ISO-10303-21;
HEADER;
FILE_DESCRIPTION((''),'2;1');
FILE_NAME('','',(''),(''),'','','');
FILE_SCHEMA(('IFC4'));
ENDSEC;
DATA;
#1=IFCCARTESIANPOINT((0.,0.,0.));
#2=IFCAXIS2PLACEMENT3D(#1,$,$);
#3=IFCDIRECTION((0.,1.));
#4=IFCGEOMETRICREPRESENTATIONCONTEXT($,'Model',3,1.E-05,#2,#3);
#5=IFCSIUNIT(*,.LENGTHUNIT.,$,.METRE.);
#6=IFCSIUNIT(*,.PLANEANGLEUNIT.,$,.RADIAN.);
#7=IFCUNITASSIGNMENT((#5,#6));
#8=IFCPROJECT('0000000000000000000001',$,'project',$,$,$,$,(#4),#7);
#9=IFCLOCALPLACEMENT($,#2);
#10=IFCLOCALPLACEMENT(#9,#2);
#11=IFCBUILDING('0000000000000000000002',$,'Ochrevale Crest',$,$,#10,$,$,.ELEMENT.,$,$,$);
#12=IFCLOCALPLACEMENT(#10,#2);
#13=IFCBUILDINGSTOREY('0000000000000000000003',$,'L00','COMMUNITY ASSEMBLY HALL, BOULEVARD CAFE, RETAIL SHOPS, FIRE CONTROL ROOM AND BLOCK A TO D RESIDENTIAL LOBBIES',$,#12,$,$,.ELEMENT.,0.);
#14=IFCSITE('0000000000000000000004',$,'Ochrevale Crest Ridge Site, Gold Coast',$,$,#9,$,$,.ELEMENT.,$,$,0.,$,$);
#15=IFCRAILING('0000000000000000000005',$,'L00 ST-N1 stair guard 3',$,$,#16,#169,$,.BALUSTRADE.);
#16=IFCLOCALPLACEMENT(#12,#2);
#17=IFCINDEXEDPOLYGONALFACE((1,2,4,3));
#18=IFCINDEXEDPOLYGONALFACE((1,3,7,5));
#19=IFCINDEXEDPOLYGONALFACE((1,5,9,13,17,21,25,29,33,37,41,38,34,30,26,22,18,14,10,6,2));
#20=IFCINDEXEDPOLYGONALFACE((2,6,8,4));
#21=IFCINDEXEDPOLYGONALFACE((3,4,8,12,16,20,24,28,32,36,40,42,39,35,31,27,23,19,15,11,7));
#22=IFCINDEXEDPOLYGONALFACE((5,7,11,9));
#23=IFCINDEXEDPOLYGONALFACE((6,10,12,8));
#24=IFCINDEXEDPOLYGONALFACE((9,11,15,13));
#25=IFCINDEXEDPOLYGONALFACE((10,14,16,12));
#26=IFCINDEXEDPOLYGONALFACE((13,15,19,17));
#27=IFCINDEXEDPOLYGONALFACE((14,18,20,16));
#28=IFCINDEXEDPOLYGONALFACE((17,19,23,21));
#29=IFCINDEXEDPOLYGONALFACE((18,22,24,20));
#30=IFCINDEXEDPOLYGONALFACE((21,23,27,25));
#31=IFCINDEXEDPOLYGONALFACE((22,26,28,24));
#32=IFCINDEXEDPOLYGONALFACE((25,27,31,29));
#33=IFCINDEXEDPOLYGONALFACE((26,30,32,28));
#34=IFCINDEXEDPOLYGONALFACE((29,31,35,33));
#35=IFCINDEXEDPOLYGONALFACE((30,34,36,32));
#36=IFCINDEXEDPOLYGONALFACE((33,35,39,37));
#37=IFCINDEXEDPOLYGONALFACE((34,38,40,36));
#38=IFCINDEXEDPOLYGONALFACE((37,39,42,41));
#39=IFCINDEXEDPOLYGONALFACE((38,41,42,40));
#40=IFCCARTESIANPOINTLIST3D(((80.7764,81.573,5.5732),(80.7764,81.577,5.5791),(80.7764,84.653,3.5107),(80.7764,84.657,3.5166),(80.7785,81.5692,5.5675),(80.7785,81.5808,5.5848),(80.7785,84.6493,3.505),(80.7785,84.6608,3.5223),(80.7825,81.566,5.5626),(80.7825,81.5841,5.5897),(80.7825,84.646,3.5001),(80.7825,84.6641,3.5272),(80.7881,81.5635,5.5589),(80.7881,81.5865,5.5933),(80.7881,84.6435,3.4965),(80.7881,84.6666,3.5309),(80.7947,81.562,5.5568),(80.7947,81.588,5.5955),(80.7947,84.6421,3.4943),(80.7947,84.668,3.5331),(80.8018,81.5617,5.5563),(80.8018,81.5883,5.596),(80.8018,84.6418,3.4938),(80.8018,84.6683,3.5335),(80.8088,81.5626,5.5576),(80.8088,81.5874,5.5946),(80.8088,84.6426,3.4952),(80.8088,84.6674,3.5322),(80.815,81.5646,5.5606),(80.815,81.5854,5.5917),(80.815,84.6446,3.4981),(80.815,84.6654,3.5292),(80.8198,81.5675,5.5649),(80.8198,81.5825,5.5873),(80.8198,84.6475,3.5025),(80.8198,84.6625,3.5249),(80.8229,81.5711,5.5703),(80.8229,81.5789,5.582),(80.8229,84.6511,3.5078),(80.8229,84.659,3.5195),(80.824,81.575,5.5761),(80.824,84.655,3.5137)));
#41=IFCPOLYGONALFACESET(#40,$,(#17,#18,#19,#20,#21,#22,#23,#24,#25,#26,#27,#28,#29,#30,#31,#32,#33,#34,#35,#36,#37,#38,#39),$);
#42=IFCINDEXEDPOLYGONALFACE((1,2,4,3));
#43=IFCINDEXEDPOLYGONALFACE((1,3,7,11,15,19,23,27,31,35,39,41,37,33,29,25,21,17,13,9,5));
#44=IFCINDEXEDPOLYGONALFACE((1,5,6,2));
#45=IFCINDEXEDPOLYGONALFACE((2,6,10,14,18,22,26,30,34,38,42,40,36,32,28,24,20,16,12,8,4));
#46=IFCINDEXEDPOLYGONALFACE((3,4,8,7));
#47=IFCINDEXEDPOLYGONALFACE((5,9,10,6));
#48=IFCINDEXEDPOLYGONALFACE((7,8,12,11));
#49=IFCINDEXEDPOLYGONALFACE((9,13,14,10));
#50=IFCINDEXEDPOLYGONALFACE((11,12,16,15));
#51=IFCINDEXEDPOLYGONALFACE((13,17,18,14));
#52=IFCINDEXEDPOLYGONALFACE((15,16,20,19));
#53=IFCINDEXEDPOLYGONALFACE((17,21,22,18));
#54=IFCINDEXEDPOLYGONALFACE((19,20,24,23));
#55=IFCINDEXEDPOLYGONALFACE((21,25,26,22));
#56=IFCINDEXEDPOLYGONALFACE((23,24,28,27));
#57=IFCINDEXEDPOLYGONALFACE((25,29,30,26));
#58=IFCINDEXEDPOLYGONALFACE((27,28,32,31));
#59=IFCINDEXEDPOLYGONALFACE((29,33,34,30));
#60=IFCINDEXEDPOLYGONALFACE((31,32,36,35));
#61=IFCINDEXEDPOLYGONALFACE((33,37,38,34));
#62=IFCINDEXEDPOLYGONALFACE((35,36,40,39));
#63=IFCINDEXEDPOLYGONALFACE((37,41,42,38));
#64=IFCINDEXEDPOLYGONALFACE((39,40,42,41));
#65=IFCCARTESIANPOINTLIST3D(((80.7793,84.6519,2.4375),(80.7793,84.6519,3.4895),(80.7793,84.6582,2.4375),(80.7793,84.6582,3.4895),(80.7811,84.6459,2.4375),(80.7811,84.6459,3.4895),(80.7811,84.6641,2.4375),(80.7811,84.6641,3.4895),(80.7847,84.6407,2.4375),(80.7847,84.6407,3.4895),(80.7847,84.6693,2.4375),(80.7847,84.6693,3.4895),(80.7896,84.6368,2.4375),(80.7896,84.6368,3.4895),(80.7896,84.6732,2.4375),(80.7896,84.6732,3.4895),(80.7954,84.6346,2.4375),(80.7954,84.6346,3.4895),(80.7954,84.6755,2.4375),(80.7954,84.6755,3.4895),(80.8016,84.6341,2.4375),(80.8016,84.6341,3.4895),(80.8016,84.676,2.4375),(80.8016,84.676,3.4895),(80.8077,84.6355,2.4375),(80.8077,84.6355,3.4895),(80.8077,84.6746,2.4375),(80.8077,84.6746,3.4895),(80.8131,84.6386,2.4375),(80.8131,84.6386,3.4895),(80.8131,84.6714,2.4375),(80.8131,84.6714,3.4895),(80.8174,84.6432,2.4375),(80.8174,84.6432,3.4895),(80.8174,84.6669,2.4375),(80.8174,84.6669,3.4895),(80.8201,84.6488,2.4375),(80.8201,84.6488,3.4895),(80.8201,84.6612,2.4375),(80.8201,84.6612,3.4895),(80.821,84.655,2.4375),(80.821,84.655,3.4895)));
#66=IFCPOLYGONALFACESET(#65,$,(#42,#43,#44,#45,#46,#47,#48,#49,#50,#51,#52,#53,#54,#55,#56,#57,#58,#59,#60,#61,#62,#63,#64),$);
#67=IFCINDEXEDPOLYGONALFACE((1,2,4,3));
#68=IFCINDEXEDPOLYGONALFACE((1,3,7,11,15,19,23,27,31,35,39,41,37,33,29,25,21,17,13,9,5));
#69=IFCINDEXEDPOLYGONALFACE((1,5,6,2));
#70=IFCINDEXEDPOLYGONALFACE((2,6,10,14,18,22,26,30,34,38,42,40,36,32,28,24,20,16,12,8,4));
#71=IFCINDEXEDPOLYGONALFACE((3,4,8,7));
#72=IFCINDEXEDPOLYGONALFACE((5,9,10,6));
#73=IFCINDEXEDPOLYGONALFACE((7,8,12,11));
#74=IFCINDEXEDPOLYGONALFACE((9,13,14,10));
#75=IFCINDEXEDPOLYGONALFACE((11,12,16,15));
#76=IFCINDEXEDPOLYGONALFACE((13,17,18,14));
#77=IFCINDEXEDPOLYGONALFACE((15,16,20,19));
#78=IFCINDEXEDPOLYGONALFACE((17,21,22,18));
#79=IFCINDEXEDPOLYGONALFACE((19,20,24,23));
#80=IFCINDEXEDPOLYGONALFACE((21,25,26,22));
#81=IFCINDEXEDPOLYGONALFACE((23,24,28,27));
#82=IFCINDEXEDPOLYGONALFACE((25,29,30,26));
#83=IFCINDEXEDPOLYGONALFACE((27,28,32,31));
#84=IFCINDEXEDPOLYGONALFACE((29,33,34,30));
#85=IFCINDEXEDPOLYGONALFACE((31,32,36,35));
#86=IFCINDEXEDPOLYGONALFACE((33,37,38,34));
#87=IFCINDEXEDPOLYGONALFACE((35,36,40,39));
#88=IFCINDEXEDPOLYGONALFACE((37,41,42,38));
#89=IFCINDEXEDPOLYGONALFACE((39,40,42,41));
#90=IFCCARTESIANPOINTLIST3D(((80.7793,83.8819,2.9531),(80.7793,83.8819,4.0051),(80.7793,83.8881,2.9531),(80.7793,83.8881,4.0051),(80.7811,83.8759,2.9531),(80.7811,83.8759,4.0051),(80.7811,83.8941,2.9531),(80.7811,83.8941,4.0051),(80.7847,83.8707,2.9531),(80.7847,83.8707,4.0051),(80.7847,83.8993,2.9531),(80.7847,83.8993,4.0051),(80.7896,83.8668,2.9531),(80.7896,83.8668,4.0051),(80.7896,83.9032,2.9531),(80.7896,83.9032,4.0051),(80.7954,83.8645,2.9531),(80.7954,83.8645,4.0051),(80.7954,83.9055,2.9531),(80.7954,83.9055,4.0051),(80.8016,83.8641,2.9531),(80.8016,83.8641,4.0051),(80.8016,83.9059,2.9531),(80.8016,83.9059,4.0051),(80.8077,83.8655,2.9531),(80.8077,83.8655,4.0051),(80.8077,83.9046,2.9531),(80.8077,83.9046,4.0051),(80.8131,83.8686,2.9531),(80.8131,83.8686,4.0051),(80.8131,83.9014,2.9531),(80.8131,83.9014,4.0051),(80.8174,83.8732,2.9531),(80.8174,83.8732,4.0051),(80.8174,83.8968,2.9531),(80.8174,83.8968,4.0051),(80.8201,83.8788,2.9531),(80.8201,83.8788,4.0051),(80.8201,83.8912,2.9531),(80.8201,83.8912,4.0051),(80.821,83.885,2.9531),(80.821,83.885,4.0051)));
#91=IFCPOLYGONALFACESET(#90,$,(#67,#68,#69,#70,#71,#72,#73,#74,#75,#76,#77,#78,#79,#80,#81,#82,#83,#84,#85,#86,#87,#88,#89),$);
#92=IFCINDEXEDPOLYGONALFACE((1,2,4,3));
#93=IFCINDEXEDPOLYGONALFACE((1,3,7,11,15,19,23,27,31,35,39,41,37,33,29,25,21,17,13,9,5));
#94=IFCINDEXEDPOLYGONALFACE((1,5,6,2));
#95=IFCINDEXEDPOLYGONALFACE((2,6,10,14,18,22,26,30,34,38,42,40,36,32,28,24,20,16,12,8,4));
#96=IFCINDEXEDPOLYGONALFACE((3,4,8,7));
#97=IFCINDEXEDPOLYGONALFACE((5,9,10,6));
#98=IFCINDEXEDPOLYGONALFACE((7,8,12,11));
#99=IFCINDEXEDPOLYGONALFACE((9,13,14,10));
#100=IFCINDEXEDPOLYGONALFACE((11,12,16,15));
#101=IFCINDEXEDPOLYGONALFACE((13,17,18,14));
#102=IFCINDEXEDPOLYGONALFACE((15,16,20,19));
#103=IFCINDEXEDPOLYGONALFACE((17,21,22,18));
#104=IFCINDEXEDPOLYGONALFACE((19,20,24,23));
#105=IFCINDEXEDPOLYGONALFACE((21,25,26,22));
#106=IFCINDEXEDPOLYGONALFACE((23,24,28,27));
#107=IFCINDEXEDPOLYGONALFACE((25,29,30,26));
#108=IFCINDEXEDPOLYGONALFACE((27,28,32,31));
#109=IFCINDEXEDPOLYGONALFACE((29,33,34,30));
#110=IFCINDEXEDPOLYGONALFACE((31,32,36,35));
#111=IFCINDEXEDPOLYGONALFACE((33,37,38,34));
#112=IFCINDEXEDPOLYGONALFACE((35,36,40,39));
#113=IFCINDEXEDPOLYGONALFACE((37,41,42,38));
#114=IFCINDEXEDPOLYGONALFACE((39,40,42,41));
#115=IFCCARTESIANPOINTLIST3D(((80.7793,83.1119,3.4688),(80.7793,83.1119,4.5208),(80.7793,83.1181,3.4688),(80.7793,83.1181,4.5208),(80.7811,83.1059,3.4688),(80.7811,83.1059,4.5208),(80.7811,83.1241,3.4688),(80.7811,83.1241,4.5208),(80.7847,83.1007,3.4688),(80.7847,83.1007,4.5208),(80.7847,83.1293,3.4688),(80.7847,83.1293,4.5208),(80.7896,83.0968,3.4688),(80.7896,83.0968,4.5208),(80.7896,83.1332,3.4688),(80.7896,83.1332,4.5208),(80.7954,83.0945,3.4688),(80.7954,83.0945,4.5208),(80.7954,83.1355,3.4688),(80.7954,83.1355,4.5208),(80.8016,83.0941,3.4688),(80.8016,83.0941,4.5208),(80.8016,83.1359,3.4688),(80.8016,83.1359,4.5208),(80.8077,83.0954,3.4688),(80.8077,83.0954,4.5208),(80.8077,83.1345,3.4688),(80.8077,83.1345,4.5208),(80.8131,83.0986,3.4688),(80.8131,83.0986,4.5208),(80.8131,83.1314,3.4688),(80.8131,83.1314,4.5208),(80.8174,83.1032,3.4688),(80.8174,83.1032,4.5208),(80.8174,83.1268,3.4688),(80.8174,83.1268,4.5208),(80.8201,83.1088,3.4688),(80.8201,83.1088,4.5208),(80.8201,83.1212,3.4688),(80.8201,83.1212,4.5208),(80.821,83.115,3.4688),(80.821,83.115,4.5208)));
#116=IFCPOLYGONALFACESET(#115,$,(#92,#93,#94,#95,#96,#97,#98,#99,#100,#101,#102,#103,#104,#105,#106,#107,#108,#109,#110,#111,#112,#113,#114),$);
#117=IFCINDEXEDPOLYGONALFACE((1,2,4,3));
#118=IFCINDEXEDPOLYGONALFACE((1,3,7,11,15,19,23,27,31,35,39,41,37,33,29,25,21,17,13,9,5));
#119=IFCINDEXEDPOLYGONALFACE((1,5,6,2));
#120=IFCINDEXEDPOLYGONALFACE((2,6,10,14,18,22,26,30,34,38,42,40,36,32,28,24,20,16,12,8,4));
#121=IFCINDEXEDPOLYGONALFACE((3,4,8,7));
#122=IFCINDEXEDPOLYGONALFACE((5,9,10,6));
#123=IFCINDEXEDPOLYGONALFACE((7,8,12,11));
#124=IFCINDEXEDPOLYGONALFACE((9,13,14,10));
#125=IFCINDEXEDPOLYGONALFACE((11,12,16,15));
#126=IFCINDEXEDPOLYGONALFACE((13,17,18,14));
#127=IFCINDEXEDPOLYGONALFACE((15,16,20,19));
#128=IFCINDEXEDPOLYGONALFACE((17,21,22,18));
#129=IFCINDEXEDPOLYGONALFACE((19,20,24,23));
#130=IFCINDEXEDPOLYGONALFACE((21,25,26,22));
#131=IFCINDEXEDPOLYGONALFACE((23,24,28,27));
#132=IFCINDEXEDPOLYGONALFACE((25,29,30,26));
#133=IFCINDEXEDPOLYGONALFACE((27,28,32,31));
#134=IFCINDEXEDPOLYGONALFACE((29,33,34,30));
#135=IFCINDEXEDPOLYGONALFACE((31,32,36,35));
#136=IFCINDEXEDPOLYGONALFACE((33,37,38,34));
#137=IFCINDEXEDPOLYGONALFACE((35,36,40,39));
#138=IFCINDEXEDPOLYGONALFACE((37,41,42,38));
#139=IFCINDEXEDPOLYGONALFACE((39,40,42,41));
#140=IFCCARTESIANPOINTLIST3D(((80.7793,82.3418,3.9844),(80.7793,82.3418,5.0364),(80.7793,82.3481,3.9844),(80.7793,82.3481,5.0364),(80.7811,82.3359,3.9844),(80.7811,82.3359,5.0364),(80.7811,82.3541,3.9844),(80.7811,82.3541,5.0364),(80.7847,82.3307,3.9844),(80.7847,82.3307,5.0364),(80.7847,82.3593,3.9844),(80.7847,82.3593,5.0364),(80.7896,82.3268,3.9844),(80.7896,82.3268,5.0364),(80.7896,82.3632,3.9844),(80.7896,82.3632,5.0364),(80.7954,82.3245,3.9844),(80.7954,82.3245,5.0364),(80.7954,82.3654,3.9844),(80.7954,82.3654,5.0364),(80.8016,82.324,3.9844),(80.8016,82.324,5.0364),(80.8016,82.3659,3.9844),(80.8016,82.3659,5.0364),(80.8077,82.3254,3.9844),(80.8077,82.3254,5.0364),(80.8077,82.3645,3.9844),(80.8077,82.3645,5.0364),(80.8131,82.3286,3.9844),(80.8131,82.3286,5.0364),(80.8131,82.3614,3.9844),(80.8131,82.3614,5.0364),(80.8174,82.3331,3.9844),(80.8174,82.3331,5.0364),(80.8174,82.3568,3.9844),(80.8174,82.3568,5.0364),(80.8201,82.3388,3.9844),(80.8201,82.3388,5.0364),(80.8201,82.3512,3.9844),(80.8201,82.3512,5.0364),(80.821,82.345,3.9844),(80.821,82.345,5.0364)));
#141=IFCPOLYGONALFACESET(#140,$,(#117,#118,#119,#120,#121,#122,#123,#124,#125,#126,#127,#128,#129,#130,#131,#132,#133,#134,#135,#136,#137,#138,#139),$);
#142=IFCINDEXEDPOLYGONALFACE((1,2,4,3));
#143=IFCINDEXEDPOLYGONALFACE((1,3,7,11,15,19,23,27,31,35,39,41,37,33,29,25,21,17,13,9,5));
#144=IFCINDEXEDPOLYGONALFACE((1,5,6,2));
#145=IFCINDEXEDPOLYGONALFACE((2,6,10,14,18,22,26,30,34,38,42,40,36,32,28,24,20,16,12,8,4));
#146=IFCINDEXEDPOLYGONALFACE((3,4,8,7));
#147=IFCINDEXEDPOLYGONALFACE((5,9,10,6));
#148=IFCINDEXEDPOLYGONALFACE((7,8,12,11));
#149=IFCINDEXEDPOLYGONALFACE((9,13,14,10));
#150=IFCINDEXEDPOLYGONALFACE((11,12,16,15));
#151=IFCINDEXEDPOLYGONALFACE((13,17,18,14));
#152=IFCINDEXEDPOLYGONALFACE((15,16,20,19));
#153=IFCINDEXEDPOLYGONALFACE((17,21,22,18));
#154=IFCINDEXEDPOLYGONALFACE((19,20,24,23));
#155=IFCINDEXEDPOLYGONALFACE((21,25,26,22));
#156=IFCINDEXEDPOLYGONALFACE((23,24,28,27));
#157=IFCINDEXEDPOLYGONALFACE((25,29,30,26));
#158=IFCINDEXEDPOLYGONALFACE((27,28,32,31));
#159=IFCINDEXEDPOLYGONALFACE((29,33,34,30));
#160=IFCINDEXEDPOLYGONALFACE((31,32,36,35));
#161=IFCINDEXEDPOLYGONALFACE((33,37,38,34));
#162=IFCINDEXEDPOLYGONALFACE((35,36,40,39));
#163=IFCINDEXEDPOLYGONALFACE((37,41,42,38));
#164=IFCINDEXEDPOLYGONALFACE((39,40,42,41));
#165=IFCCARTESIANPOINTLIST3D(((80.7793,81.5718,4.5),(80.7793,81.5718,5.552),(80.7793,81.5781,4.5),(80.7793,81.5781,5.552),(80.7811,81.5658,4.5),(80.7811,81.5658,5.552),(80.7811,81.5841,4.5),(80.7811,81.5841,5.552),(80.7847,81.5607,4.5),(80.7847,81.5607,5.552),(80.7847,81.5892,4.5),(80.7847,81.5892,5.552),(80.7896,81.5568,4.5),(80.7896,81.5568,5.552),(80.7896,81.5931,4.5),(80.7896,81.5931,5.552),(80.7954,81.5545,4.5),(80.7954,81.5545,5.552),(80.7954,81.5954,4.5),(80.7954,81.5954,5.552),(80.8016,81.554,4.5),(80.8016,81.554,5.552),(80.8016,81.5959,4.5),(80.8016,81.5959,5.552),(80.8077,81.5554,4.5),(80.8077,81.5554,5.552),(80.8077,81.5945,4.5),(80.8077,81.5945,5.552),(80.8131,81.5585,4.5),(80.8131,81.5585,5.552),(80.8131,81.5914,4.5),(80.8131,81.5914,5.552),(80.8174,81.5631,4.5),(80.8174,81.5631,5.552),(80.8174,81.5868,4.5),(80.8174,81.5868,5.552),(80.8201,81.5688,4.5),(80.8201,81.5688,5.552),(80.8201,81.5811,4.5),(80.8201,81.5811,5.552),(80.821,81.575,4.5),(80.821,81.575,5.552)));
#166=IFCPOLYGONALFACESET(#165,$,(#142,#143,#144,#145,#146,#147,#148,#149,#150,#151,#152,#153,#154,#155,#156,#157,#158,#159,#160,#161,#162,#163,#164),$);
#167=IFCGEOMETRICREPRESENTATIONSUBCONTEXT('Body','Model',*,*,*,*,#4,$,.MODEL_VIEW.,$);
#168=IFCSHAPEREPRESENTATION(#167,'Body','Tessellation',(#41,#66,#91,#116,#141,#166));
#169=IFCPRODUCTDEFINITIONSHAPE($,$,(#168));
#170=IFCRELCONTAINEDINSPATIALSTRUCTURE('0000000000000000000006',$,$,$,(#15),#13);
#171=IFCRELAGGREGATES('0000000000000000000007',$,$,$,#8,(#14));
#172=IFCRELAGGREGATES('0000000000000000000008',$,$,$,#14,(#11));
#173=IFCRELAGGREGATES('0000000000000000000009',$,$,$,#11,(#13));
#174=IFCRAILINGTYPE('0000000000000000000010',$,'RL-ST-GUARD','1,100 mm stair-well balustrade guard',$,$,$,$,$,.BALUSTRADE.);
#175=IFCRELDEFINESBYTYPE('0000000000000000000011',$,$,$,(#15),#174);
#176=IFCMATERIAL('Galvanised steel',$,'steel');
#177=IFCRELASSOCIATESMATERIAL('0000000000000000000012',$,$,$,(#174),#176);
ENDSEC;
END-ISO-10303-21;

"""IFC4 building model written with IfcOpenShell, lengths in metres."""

from ifc_helpers import new_model, si_unit, direction, frame, origin, origin_2d, place, context, subcontext, project, spatial, circle, extrude, material, type_object, element, save


model = new_model("IFC4")

# Units and contexts
model_context = context("Model", 3, precision=1e-05, world=origin(), true_north=direction((0.0, 1.0)))
body_context = subcontext(model_context, "Body", "Model", "MODEL_VIEW")
ifc_project = project(units=[si_unit("LENGTHUNIT", "METRE"), si_unit("PLANEANGLEUNIT", "RADIAN")], contexts=[model_context])

# Site, building, storey
site_placement = place(None, origin())
site = spatial("IfcSite", under=ifc_project, at=site_placement, Name="Ochrevale Crest Ridge Site, Gold Coast", CompositionType="ELEMENT", RefElevation=0.0)
building_placement = place(site_placement, origin())
building = spatial("IfcBuilding", under=site, at=building_placement, Name="Ochrevale Crest", CompositionType="ELEMENT")
storey_placement = place(building_placement, origin())
storey = spatial("IfcBuildingStorey", under=building, at=storey_placement, Name="L00", Description="COMMUNITY ASSEMBLY HALL, BOULEVARD CAFE, RETAIL SHOPS, FIRE CONTROL ROOM AND BLOCK A TO D RESIDENTIAL LOBBIES", CompositionType="ELEMENT", Elevation=0.0)

# Railing
ifc_material_1 = material(Name="Galvanised steel", Category="steel")
railing_type_1 = type_object("IfcRailingType", Name="RL-ST-GUARD", Description="1,100 mm stair-well balustrade guard", PredefinedType="BALUSTRADE", material=ifc_material_1)
railing_1_placement = place(storey_placement, frame((80.8, 84.655, 2.4375)))
element("IfcRailing", 1, at=railing_1_placement, inside=storey, type_object=railing_type_1, Name="L00 ST-N1 stair guard 3", PredefinedType="BALUSTRADE", context=body_context, shape_type="SweptSolid", body=[
    extrude(circle(Radius=0.0239, at=origin_2d()), frame((0.0, 0.0, 1.0762), z_axis=(0.0, -0.830914, 0.556401), x_axis=(1.0, 0.0, 0.0)), (0.0, 0.0, 1.0), 3.7068),
    extrude(circle(Radius=0.021, at=origin_2d()), origin(), (0.0, 0.0, 1.0), 1.052),
    extrude(circle(Radius=0.021, at=origin_2d()), frame((0.0, -0.77, 0.5156)), (0.0, 0.0, 1.0), 1.052),
    extrude(circle(Radius=0.021, at=origin_2d()), frame((0.0, -1.54, 1.0312)), (0.0, 0.0, 1.0), 1.052),
    extrude(circle(Radius=0.021, at=origin_2d()), frame((0.0, -2.3101, 1.5469)), (0.0, 0.0, 1.0), 1.052),
    extrude(circle(Radius=0.021, at=origin_2d()), frame((0.0, -3.0801, 2.0625)), (0.0, 0.0, 1.0), 1.052),
])

save(model, "model.ifc")
